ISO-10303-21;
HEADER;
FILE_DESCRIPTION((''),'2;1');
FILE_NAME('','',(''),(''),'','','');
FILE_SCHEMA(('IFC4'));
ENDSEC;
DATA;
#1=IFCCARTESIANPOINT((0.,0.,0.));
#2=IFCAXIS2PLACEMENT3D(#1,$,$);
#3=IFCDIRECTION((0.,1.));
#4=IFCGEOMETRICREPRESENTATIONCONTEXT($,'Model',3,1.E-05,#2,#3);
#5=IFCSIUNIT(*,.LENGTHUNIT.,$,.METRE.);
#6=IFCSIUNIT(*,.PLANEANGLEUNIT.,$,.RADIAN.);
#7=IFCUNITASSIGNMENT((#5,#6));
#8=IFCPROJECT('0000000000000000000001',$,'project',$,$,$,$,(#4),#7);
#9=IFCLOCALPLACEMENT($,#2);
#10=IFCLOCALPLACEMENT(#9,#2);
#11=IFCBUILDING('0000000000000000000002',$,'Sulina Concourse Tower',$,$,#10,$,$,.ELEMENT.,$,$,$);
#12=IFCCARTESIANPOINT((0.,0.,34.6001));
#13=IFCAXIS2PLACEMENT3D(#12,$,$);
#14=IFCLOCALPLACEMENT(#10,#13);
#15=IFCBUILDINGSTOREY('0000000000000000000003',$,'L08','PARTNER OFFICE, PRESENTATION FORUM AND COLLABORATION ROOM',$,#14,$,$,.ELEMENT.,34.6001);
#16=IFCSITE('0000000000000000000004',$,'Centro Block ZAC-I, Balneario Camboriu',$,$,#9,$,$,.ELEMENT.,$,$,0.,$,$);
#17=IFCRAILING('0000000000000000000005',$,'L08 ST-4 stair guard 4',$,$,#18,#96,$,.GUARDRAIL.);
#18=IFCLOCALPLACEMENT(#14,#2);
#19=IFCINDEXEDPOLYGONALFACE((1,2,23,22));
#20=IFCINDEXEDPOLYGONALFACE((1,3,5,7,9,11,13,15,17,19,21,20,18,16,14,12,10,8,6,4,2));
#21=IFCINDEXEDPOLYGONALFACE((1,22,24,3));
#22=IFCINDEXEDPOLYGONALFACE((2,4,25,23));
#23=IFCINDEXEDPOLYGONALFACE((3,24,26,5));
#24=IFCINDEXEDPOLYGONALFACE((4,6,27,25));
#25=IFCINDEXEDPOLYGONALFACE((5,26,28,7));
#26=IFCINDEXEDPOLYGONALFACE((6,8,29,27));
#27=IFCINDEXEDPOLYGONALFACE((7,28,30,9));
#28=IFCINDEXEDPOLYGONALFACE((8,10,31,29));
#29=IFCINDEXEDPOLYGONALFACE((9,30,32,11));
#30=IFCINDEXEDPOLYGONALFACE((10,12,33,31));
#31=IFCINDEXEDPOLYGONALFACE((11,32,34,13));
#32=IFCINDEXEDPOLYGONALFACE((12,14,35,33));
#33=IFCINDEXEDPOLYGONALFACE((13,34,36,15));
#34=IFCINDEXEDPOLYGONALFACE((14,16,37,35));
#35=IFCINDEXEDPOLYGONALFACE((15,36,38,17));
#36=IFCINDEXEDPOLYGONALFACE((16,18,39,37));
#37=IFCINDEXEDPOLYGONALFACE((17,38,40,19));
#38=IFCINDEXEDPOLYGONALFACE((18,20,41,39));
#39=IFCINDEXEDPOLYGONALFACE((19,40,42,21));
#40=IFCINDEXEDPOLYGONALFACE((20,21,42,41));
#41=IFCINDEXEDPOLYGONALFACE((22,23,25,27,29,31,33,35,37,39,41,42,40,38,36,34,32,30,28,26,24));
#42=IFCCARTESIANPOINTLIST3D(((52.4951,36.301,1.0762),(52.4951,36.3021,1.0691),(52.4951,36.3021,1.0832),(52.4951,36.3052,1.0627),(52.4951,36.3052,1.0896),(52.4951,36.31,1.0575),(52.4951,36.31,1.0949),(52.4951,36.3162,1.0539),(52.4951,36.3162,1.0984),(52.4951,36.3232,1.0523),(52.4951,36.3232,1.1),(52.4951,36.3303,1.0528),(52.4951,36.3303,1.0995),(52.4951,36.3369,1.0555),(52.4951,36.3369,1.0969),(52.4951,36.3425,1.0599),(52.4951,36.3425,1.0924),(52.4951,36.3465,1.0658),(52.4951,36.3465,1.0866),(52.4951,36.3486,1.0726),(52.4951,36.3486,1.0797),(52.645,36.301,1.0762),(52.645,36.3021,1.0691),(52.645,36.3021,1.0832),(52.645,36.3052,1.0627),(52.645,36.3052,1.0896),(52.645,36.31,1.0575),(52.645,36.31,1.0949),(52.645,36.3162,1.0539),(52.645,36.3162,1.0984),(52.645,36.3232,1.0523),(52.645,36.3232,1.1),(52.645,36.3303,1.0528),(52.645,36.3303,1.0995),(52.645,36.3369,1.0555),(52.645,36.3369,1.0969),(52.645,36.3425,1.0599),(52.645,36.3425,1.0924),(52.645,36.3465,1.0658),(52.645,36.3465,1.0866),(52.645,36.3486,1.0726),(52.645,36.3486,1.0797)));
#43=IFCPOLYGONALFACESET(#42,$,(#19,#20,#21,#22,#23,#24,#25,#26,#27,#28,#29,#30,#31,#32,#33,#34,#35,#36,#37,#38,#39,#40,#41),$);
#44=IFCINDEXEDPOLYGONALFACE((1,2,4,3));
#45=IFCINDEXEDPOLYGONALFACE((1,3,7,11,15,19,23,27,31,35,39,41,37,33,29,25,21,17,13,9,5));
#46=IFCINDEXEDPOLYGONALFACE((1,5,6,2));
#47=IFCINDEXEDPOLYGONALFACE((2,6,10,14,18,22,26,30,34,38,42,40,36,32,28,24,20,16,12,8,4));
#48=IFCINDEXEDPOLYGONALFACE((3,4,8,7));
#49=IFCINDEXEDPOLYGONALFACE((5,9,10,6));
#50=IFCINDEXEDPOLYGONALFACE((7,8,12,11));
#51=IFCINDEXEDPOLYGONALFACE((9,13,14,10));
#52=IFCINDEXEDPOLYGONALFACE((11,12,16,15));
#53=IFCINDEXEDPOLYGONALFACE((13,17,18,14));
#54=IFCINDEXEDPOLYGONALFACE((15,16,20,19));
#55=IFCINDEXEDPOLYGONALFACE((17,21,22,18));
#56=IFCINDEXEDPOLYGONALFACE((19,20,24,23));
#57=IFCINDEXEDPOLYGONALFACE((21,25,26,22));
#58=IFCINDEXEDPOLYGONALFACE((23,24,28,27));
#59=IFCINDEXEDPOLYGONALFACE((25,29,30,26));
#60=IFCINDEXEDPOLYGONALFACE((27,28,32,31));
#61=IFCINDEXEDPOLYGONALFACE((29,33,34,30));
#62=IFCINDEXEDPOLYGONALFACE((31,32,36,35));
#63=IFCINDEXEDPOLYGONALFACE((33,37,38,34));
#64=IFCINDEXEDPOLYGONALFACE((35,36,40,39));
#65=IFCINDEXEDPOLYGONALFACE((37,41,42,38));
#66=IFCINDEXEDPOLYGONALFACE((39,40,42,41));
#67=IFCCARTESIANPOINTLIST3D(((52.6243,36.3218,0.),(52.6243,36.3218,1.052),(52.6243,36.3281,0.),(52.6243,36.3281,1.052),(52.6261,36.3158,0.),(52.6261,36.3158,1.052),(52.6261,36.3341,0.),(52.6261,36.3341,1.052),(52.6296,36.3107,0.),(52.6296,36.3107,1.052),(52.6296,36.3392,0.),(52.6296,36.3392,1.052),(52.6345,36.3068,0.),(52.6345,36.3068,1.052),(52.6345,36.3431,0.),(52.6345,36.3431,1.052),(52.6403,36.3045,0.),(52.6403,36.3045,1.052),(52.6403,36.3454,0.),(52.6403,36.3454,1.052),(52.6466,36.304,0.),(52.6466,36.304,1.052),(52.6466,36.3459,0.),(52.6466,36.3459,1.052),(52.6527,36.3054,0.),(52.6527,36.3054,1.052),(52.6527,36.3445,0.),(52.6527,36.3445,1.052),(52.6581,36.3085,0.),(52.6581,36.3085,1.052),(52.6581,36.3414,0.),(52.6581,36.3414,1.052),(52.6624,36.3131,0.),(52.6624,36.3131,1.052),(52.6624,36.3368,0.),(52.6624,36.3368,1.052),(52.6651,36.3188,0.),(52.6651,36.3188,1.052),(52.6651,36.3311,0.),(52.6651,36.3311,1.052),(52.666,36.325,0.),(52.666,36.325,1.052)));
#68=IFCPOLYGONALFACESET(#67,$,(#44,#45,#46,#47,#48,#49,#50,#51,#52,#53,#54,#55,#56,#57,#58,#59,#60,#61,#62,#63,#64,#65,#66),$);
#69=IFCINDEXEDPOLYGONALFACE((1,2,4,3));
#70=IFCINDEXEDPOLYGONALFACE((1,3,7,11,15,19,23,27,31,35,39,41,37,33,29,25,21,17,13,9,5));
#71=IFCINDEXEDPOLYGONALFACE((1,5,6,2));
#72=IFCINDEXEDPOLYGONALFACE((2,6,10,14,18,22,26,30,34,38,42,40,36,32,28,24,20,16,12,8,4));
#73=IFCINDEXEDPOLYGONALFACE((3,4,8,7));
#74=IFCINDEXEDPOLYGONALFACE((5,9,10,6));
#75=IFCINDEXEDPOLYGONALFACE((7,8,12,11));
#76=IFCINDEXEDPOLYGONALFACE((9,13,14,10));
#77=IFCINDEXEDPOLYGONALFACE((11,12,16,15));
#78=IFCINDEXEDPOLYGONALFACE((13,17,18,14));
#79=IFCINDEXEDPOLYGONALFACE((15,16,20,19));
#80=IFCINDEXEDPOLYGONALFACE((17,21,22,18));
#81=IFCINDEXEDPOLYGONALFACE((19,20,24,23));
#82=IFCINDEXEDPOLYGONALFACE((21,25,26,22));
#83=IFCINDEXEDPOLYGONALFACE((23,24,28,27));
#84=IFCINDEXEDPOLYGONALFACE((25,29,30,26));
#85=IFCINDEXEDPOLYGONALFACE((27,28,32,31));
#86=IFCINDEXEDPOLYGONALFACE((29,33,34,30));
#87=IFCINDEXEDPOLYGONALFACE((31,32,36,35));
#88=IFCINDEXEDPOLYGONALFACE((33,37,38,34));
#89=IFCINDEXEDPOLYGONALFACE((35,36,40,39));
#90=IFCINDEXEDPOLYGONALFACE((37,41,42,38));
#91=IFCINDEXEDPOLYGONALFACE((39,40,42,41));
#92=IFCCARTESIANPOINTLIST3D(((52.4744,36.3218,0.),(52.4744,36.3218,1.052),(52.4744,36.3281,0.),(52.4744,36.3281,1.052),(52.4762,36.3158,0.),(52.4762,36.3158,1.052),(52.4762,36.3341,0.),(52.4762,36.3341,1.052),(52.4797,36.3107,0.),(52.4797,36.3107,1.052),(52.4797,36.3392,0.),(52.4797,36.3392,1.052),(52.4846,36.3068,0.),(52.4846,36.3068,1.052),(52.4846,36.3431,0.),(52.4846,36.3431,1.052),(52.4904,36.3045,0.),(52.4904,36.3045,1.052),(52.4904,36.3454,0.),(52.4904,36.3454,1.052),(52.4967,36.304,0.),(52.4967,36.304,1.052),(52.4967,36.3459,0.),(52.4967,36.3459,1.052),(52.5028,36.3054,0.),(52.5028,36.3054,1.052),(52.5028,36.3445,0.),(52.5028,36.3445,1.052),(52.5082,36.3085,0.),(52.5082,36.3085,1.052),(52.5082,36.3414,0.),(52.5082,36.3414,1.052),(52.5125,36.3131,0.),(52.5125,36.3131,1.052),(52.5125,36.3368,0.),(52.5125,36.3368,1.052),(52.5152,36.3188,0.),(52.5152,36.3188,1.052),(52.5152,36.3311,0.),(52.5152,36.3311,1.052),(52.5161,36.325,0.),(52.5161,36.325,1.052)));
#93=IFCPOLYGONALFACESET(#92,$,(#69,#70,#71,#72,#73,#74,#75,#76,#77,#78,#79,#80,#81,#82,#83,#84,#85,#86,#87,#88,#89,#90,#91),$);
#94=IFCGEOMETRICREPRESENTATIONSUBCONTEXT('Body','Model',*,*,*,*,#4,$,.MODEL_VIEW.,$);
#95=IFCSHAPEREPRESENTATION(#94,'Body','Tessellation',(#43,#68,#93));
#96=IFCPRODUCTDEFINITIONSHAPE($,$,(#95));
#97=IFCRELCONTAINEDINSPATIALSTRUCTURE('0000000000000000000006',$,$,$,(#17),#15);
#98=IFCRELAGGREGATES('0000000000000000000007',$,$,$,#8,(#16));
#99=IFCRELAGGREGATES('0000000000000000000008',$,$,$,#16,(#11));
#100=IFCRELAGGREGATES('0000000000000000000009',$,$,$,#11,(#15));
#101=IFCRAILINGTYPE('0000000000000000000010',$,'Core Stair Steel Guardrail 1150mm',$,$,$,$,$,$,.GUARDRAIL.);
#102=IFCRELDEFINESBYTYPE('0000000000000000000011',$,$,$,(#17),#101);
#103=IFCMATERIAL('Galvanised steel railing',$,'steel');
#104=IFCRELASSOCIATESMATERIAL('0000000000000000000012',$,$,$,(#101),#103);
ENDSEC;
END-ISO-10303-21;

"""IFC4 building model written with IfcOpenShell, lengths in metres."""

from ifc_helpers import new_model, si_unit, direction, frame, origin, origin_2d, place, context, subcontext, project, spatial, circle, extrude, material, type_object, element, save


model = new_model("IFC4")

# Units and contexts
model_context = context("Model", 3, precision=1e-05, world=origin(), true_north=direction((0.0, 1.0)))
body_context = subcontext(model_context, "Body", "Model", "MODEL_VIEW")
ifc_project = project(units=[si_unit("LENGTHUNIT", "METRE"), si_unit("PLANEANGLEUNIT", "RADIAN")], contexts=[model_context])

# Site, building, storey
site_placement = place(None, origin())
site = spatial("IfcSite", under=ifc_project, at=site_placement, Name="Centro Block ZAC-I, Balneario Camboriu", CompositionType="ELEMENT", RefElevation=0.0)
building_placement = place(site_placement, origin())
building = spatial("IfcBuilding", under=site, at=building_placement, Name="Sulina Concourse Tower", CompositionType="ELEMENT")
storey_placement = place(building_placement, frame((0.0, 0.0, 34.6001)))
storey = spatial("IfcBuildingStorey", under=building, at=storey_placement, Name="L08", Description="PARTNER OFFICE, PRESENTATION FORUM AND COLLABORATION ROOM", CompositionType="ELEMENT", Elevation=34.6001)

# Railing
ifc_material_1 = material(Name="Galvanised steel railing", Category="steel")
railing_type = type_object("IfcRailingType", Name="Core Stair Steel Guardrail 1150mm", PredefinedType="GUARDRAIL", material=ifc_material_1)
railing_1_placement = place(storey_placement, frame((52.645, 36.325, 0.0)))
element("IfcRailing", 1, at=railing_1_placement, inside=storey, type_object=railing_type, Name="L08 ST-4 stair guard 4", PredefinedType="GUARDRAIL", context=body_context, shape_type="SweptSolid", body=[
    extrude(circle(Radius=0.0239, at=origin_2d()), frame((0.0, 0.0, 1.0762), z_axis=(-1.0, 0.0, 0.0), x_axis=(0.0, -1.0, 0.0)), (0.0, 0.0, 1.0), 0.1499),
    extrude(circle(Radius=0.021, at=origin_2d()), origin(), (0.0, 0.0, 1.0), 1.052),
    extrude(circle(Radius=0.021, at=origin_2d()), frame((-0.1499, 0.0, 0.0)), (0.0, 0.0, 1.0), 1.052),
])

save(model, "model.ifc")
